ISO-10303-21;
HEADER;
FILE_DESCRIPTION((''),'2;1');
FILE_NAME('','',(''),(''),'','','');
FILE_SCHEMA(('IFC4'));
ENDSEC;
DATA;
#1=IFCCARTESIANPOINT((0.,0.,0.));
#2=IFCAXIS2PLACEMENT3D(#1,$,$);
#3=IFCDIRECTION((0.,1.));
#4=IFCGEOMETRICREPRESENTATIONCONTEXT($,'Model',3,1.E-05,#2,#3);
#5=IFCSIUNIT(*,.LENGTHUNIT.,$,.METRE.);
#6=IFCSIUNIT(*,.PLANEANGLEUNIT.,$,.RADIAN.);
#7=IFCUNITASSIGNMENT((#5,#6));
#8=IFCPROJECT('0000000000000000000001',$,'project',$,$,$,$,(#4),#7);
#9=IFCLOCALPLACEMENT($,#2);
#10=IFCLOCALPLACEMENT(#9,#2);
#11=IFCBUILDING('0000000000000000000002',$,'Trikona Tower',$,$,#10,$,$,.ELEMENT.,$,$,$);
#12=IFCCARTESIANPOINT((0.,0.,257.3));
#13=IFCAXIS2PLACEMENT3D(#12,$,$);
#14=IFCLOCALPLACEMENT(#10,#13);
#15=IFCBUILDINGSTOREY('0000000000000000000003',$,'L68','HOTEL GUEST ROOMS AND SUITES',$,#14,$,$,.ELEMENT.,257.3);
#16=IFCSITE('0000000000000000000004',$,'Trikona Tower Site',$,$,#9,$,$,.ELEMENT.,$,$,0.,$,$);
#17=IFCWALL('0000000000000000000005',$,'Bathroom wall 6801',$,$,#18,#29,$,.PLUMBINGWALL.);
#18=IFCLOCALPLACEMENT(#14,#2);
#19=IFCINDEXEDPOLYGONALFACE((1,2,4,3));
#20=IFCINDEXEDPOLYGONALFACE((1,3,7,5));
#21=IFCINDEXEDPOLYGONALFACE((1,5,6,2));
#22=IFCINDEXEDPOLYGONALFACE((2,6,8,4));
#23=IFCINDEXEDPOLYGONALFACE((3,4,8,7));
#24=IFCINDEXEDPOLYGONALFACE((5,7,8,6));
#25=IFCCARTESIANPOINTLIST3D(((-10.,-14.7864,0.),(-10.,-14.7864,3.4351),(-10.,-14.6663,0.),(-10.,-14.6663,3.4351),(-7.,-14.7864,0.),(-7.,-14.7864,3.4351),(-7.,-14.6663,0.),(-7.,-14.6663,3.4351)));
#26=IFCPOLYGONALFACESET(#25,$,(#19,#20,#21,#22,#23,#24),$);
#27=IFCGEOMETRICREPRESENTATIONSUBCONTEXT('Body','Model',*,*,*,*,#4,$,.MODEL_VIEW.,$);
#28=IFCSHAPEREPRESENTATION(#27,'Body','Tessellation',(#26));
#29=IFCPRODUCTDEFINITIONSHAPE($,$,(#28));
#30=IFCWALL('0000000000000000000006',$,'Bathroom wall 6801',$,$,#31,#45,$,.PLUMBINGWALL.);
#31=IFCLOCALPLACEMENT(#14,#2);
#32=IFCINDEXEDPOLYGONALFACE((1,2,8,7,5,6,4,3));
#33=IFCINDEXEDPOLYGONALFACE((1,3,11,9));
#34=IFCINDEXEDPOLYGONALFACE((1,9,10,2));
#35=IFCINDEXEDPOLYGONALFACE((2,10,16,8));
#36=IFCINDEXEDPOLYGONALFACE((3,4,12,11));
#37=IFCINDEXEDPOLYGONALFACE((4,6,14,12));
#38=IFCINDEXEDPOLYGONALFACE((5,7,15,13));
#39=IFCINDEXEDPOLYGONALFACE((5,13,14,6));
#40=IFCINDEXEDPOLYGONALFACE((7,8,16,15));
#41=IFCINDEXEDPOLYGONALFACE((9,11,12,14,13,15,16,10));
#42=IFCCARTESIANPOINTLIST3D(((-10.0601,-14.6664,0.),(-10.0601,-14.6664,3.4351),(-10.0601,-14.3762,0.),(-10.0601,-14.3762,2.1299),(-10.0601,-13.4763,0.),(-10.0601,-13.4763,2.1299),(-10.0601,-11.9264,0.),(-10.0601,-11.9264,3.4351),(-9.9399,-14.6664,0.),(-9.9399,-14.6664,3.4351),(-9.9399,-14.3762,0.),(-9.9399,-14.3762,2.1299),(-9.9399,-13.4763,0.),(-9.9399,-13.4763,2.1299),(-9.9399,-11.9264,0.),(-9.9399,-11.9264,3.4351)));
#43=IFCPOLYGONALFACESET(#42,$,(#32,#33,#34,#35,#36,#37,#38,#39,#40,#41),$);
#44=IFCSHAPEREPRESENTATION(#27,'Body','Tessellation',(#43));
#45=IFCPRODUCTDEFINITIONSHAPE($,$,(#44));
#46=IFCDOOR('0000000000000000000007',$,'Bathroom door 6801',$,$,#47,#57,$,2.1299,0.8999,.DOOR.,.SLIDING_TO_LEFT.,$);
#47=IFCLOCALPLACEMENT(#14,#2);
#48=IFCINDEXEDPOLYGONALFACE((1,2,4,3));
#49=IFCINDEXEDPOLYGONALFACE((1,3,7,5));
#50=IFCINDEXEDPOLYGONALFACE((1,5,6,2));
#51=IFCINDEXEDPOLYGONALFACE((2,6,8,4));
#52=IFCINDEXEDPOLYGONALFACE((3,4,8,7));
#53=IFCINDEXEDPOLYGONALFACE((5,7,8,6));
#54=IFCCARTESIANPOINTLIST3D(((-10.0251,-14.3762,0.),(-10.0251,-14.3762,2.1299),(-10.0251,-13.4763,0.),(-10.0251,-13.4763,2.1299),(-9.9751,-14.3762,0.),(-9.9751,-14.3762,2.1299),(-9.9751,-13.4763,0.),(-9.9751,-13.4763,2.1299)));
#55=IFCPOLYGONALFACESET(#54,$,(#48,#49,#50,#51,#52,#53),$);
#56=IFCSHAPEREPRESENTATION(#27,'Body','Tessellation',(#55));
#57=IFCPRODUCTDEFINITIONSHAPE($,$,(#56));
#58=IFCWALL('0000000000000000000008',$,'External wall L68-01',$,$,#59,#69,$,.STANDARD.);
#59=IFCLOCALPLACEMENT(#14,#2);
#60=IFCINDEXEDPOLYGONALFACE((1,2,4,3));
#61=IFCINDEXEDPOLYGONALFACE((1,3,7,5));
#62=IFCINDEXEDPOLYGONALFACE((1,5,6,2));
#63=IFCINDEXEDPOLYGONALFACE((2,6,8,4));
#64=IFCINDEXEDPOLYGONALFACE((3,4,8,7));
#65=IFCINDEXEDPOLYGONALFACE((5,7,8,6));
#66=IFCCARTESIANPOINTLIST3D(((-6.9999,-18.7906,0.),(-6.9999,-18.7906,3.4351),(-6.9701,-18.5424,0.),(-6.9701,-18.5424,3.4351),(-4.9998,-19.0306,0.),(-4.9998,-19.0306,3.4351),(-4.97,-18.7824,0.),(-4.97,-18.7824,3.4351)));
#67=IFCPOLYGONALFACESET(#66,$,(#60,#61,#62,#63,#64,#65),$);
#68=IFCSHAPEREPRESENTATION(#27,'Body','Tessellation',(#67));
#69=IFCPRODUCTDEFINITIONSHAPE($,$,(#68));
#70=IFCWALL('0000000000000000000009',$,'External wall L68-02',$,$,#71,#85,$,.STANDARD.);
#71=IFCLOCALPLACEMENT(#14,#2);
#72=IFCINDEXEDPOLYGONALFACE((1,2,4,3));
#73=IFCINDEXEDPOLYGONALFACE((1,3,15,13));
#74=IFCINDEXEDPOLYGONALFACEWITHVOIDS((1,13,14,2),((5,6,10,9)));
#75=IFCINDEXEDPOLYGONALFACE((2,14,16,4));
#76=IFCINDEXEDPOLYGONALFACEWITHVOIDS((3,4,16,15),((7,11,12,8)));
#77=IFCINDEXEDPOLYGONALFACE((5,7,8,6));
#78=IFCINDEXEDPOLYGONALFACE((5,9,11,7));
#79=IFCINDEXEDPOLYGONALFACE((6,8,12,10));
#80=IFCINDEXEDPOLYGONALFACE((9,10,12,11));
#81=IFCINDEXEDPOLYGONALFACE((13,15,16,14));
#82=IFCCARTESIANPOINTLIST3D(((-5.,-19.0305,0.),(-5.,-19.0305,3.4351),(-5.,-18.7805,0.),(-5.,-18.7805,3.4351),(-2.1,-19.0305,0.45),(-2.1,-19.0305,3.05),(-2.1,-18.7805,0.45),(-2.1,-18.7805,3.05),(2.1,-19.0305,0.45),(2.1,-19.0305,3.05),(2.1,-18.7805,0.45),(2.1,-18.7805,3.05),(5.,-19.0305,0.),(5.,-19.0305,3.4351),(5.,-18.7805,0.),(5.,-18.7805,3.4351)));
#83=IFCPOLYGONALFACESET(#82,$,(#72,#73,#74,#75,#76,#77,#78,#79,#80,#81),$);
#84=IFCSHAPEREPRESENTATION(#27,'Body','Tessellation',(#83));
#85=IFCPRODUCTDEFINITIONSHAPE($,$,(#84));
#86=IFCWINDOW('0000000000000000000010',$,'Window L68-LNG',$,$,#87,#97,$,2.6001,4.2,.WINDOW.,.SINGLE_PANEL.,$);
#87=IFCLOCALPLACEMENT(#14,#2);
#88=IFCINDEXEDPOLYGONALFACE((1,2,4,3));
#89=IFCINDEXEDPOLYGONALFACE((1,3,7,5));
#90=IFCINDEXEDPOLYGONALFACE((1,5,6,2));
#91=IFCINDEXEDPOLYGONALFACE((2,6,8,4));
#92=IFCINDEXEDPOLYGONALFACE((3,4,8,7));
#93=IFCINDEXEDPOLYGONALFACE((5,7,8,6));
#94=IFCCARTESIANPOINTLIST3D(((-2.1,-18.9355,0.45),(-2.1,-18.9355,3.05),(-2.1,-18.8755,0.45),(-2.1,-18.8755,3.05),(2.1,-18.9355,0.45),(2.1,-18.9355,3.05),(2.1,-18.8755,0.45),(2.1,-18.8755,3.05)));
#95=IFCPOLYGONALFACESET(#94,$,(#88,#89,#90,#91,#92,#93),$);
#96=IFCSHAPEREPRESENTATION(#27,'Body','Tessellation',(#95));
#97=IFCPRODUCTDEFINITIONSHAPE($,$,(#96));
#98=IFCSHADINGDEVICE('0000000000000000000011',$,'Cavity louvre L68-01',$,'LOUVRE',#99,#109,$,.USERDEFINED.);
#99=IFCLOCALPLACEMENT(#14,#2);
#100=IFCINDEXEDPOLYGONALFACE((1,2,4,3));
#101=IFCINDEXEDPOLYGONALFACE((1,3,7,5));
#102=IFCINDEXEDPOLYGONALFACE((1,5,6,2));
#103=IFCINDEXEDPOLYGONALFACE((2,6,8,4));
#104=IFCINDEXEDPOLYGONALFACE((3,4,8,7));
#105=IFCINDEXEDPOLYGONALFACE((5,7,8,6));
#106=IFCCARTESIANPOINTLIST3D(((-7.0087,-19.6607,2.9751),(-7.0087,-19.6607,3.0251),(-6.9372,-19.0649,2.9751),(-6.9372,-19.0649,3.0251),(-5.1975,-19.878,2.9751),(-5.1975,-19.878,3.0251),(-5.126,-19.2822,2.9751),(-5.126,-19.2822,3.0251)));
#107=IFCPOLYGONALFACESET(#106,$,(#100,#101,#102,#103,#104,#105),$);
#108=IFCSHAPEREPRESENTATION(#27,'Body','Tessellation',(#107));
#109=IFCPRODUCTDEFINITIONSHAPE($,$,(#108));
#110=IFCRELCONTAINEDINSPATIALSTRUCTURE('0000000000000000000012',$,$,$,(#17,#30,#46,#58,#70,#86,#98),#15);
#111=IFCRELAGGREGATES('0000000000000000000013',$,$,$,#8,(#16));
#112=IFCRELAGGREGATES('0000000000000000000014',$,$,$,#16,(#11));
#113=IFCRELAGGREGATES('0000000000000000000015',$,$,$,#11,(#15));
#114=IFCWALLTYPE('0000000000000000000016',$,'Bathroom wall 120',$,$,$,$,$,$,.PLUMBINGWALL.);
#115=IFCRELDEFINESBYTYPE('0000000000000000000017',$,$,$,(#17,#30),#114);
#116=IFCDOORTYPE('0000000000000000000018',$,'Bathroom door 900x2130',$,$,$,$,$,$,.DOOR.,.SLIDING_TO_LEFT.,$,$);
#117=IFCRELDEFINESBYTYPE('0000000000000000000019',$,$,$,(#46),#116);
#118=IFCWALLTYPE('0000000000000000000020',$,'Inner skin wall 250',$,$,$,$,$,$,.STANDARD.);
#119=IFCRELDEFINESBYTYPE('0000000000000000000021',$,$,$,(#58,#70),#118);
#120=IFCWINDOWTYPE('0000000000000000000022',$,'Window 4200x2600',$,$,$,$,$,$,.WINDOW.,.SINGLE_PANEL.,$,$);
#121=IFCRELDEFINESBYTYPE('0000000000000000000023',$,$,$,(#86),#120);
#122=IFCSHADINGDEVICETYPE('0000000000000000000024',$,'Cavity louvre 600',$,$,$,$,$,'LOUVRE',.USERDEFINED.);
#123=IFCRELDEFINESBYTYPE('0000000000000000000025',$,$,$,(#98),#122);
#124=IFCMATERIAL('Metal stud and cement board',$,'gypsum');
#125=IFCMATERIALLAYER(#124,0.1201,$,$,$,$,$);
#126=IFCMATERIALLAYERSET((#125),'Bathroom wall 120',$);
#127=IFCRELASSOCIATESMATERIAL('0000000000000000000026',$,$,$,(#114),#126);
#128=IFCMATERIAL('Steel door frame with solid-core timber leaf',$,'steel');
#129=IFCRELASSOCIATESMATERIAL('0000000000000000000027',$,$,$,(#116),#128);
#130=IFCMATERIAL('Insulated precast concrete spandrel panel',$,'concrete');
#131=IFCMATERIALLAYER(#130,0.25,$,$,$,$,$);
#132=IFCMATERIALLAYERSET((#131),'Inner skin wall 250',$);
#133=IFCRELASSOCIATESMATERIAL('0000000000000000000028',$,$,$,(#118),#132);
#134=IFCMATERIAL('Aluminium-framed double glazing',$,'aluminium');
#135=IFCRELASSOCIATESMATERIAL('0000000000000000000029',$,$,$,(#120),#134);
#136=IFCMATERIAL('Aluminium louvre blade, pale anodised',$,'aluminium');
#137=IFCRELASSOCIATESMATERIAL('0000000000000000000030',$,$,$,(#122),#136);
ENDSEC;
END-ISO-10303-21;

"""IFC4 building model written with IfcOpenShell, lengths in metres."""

from ifc_helpers import new_model, si_unit, direction, frame, frame_2d, origin, origin_2d, place, context, subcontext, project, spatial, rectangle, extrude, material, layer, layer_set, type_object, element, fill, save


model = new_model("IFC4")

# Units and contexts
model_context = context("Model", 3, precision=1e-05, world=origin(), true_north=direction((0.0, 1.0)))
body_context = subcontext(model_context, "Body", "Model", "MODEL_VIEW")
ifc_project = project(units=[si_unit("LENGTHUNIT", "METRE"), si_unit("PLANEANGLEUNIT", "RADIAN")], contexts=[model_context])

# Site, building, storey
site_placement = place(None, origin())
site = spatial("IfcSite", under=ifc_project, at=site_placement, Name="Trikona Tower Site", CompositionType="ELEMENT", RefElevation=0.0)
building_placement = place(site_placement, origin())
building = spatial("IfcBuilding", under=site, at=building_placement, Name="Trikona Tower", CompositionType="ELEMENT")
storey_placement = place(building_placement, frame((0.0, 0.0, 257.3)))
storey = spatial("IfcBuildingStorey", under=building, at=storey_placement, Name="L68", Description="HOTEL GUEST ROOMS AND SUITES", CompositionType="ELEMENT", Elevation=257.3)

# Wall
ifc_material_1 = material(Name="Metal stud and cement board", Category="gypsum")
ifc_layer_1 = layer(ifc_material_1, 0.1201)
ifc_layer_set_1 = layer_set([ifc_layer_1], Name="Bathroom wall 120")
wall_type_1 = type_object("IfcWallType", Name="Bathroom wall 120", PredefinedType="PLUMBINGWALL", material=ifc_layer_set_1)
wall_1_placement = place(storey_placement, frame((-10.0, -14.7263, 0.0), z_axis=(0.0, 0.0, 1.0), x_axis=(1.0, 0.0, 0.0)))
element("IfcWall", 1, at=wall_1_placement, inside=storey, type_object=wall_type_1, Name="Bathroom wall 6801", PredefinedType="PLUMBINGWALL", context=body_context, shape_type="SweptSolid", body=[
    extrude(rectangle(XDim=3.0, YDim=0.1201, at=frame_2d((1.5, 0.0))), origin(), (0.0, 0.0, 1.0), 3.4351),
])

# Wall, opening, door
wall_2_placement = place(storey_placement, frame((-10.0, -11.9263, 0.0), z_axis=(0.0, 0.0, 1.0), x_axis=(0.0, -1.0, 0.0)))
wall_2 = element("IfcWall", 2, at=wall_2_placement, inside=storey, type_object=wall_type_1, Name="Bathroom wall 6801", PredefinedType="PLUMBINGWALL", context=body_context, shape_type="SweptSolid", body=[
    extrude(rectangle(XDim=2.74, YDim=0.1201, at=frame_2d((1.3701, 0.0))), origin(), (0.0, 0.0, 1.0), 3.4351),
])
opening_1_placement = place(wall_2_placement, frame((1.55, 0.0, 0.0)))
opening_1 = element("IfcOpeningElement", 3, at=opening_1_placement, cuts=wall_2, PredefinedType="OPENING", context=body_context, shape_type="SweptSolid", body=[
    extrude(rectangle(XDim=0.8999, YDim=2.1299, at=frame_2d((0.45, 1.0649))), frame((0.0, 0.0701, 0.0), z_axis=(0.0, -1.0, 0.0), x_axis=(1.0, 0.0, 0.0)), (0.0, 0.0, 1.0), 0.1401),
])
ifc_material_2 = material(Name="Steel door frame with solid-core timber leaf", Category="steel")
door_type = type_object("IfcDoorType", Name="Bathroom door 900x2130", OperationType="SLIDING_TO_LEFT", PredefinedType="DOOR", material=ifc_material_2)
door_placement = place(opening_1_placement, origin())
door = element("IfcDoor", 4, at=door_placement, inside=storey, type_object=door_type, Name="Bathroom door 6801", OperationType="SLIDING_TO_LEFT", OverallHeight=2.1299, OverallWidth=0.8999, PredefinedType="DOOR", context=body_context, shape_type="SweptSolid", body=[
    extrude(rectangle(XDim=0.8999, YDim=2.1299, at=frame_2d((0.45, 1.0649))), frame((0.0, 0.0249, 0.0), z_axis=(0.0, -1.0, 0.0), x_axis=(1.0, 0.0, 0.0)), (0.0, 0.0, 1.0), 0.05),
])
fill(opening_1, door)

# Wall
ifc_material_3 = material(Name="Insulated precast concrete spandrel panel", Category="concrete")
ifc_layer_2 = layer(ifc_material_3, 0.25)
ifc_layer_set_2 = layer_set([ifc_layer_2], Name="Inner skin wall 250")
wall_type_2 = type_object("IfcWallType", Name="Inner skin wall 250", PredefinedType="STANDARD", material=ifc_layer_set_2)
wall_3_placement = place(storey_placement, frame((-6.9851, -18.6665, 0.0), z_axis=(0.0, 0.0, 1.0), x_axis=(0.992877, -0.11914, 0.0)))
element("IfcWall", 5, at=wall_3_placement, inside=storey, type_object=wall_type_2, Name="External wall L68-01", PredefinedType="STANDARD", context=body_context, shape_type="SweptSolid", body=[
    extrude(rectangle(XDim=2.0144, YDim=0.25, at=frame_2d((1.0073, 0.0))), origin(), (0.0, 0.0, 1.0), 3.4351),
])

# Wall, opening, window
wall_4_placement = place(storey_placement, frame((-5.0, -18.9055, 0.0), z_axis=(0.0, 0.0, 1.0), x_axis=(1.0, 0.0, 0.0)))
wall_4 = element("IfcWall", 6, at=wall_4_placement, inside=storey, type_object=wall_type_2, Name="External wall L68-02", PredefinedType="STANDARD", context=body_context, shape_type="SweptSolid", body=[
    extrude(rectangle(XDim=10.0, YDim=0.25, at=frame_2d((5.0, 0.0))), origin(), (0.0, 0.0, 1.0), 3.4351),
])
opening_2_placement = place(wall_4_placement, frame((2.8999, 0.0, 0.45)))
opening_2 = element("IfcOpeningElement", 7, at=opening_2_placement, cuts=wall_4, PredefinedType="OPENING", context=body_context, shape_type="SweptSolid", body=[
    extrude(rectangle(XDim=4.2, YDim=2.6001, at=frame_2d((2.1001, 1.3))), frame((0.0, 0.135, 0.0), z_axis=(0.0, -1.0, 0.0), x_axis=(1.0, 0.0, 0.0)), (0.0, 0.0, 1.0), 0.27),
])
ifc_material_4 = material(Name="Aluminium-framed double glazing", Category="aluminium")
window_type = type_object("IfcWindowType", Name="Window 4200x2600", PartitioningType="SINGLE_PANEL", PredefinedType="WINDOW", material=ifc_material_4)
window_placement = place(opening_2_placement, origin())
window = element("IfcWindow", 8, at=window_placement, inside=storey, type_object=window_type, Name="Window L68-LNG", OverallHeight=2.6001, OverallWidth=4.2, PartitioningType="SINGLE_PANEL", PredefinedType="WINDOW", context=body_context, shape_type="SweptSolid", body=[
    extrude(rectangle(XDim=4.2, YDim=2.6001, at=frame_2d((2.1001, 1.3))), frame((0.0, 0.03, 0.0), z_axis=(0.0, -1.0, 0.0), x_axis=(1.0, 0.0, 0.0)), (0.0, 0.0, 1.0), 0.0601),
])
fill(opening_2, window)

# Shading device
ifc_material_5 = material(Name="Aluminium louvre blade, pale anodised", Category="aluminium")
shading_device_type = type_object("IfcShadingDeviceType", Name="Cavity louvre 600", ElementType="LOUVRE", PredefinedType="USERDEFINED", material=ifc_material_5)
shading_device_placement = place(storey_placement, frame((-6.0674, -19.4714, 2.9751), z_axis=(0.0, 0.0, 1.0), x_axis=(0.992877, -0.119146, 0.0)))
element("IfcShadingDevice", 9, at=shading_device_placement, inside=storey, type_object=shading_device_type, Name="Cavity louvre L68-01", ObjectType="LOUVRE", PredefinedType="USERDEFINED", context=body_context, shape_type="SweptSolid", body=[
    extrude(rectangle(XDim=1.8242, YDim=0.6001, at=origin_2d()), origin(), (0.0, 0.0, 1.0), 0.05),
])

save(model, "model.ifc")
